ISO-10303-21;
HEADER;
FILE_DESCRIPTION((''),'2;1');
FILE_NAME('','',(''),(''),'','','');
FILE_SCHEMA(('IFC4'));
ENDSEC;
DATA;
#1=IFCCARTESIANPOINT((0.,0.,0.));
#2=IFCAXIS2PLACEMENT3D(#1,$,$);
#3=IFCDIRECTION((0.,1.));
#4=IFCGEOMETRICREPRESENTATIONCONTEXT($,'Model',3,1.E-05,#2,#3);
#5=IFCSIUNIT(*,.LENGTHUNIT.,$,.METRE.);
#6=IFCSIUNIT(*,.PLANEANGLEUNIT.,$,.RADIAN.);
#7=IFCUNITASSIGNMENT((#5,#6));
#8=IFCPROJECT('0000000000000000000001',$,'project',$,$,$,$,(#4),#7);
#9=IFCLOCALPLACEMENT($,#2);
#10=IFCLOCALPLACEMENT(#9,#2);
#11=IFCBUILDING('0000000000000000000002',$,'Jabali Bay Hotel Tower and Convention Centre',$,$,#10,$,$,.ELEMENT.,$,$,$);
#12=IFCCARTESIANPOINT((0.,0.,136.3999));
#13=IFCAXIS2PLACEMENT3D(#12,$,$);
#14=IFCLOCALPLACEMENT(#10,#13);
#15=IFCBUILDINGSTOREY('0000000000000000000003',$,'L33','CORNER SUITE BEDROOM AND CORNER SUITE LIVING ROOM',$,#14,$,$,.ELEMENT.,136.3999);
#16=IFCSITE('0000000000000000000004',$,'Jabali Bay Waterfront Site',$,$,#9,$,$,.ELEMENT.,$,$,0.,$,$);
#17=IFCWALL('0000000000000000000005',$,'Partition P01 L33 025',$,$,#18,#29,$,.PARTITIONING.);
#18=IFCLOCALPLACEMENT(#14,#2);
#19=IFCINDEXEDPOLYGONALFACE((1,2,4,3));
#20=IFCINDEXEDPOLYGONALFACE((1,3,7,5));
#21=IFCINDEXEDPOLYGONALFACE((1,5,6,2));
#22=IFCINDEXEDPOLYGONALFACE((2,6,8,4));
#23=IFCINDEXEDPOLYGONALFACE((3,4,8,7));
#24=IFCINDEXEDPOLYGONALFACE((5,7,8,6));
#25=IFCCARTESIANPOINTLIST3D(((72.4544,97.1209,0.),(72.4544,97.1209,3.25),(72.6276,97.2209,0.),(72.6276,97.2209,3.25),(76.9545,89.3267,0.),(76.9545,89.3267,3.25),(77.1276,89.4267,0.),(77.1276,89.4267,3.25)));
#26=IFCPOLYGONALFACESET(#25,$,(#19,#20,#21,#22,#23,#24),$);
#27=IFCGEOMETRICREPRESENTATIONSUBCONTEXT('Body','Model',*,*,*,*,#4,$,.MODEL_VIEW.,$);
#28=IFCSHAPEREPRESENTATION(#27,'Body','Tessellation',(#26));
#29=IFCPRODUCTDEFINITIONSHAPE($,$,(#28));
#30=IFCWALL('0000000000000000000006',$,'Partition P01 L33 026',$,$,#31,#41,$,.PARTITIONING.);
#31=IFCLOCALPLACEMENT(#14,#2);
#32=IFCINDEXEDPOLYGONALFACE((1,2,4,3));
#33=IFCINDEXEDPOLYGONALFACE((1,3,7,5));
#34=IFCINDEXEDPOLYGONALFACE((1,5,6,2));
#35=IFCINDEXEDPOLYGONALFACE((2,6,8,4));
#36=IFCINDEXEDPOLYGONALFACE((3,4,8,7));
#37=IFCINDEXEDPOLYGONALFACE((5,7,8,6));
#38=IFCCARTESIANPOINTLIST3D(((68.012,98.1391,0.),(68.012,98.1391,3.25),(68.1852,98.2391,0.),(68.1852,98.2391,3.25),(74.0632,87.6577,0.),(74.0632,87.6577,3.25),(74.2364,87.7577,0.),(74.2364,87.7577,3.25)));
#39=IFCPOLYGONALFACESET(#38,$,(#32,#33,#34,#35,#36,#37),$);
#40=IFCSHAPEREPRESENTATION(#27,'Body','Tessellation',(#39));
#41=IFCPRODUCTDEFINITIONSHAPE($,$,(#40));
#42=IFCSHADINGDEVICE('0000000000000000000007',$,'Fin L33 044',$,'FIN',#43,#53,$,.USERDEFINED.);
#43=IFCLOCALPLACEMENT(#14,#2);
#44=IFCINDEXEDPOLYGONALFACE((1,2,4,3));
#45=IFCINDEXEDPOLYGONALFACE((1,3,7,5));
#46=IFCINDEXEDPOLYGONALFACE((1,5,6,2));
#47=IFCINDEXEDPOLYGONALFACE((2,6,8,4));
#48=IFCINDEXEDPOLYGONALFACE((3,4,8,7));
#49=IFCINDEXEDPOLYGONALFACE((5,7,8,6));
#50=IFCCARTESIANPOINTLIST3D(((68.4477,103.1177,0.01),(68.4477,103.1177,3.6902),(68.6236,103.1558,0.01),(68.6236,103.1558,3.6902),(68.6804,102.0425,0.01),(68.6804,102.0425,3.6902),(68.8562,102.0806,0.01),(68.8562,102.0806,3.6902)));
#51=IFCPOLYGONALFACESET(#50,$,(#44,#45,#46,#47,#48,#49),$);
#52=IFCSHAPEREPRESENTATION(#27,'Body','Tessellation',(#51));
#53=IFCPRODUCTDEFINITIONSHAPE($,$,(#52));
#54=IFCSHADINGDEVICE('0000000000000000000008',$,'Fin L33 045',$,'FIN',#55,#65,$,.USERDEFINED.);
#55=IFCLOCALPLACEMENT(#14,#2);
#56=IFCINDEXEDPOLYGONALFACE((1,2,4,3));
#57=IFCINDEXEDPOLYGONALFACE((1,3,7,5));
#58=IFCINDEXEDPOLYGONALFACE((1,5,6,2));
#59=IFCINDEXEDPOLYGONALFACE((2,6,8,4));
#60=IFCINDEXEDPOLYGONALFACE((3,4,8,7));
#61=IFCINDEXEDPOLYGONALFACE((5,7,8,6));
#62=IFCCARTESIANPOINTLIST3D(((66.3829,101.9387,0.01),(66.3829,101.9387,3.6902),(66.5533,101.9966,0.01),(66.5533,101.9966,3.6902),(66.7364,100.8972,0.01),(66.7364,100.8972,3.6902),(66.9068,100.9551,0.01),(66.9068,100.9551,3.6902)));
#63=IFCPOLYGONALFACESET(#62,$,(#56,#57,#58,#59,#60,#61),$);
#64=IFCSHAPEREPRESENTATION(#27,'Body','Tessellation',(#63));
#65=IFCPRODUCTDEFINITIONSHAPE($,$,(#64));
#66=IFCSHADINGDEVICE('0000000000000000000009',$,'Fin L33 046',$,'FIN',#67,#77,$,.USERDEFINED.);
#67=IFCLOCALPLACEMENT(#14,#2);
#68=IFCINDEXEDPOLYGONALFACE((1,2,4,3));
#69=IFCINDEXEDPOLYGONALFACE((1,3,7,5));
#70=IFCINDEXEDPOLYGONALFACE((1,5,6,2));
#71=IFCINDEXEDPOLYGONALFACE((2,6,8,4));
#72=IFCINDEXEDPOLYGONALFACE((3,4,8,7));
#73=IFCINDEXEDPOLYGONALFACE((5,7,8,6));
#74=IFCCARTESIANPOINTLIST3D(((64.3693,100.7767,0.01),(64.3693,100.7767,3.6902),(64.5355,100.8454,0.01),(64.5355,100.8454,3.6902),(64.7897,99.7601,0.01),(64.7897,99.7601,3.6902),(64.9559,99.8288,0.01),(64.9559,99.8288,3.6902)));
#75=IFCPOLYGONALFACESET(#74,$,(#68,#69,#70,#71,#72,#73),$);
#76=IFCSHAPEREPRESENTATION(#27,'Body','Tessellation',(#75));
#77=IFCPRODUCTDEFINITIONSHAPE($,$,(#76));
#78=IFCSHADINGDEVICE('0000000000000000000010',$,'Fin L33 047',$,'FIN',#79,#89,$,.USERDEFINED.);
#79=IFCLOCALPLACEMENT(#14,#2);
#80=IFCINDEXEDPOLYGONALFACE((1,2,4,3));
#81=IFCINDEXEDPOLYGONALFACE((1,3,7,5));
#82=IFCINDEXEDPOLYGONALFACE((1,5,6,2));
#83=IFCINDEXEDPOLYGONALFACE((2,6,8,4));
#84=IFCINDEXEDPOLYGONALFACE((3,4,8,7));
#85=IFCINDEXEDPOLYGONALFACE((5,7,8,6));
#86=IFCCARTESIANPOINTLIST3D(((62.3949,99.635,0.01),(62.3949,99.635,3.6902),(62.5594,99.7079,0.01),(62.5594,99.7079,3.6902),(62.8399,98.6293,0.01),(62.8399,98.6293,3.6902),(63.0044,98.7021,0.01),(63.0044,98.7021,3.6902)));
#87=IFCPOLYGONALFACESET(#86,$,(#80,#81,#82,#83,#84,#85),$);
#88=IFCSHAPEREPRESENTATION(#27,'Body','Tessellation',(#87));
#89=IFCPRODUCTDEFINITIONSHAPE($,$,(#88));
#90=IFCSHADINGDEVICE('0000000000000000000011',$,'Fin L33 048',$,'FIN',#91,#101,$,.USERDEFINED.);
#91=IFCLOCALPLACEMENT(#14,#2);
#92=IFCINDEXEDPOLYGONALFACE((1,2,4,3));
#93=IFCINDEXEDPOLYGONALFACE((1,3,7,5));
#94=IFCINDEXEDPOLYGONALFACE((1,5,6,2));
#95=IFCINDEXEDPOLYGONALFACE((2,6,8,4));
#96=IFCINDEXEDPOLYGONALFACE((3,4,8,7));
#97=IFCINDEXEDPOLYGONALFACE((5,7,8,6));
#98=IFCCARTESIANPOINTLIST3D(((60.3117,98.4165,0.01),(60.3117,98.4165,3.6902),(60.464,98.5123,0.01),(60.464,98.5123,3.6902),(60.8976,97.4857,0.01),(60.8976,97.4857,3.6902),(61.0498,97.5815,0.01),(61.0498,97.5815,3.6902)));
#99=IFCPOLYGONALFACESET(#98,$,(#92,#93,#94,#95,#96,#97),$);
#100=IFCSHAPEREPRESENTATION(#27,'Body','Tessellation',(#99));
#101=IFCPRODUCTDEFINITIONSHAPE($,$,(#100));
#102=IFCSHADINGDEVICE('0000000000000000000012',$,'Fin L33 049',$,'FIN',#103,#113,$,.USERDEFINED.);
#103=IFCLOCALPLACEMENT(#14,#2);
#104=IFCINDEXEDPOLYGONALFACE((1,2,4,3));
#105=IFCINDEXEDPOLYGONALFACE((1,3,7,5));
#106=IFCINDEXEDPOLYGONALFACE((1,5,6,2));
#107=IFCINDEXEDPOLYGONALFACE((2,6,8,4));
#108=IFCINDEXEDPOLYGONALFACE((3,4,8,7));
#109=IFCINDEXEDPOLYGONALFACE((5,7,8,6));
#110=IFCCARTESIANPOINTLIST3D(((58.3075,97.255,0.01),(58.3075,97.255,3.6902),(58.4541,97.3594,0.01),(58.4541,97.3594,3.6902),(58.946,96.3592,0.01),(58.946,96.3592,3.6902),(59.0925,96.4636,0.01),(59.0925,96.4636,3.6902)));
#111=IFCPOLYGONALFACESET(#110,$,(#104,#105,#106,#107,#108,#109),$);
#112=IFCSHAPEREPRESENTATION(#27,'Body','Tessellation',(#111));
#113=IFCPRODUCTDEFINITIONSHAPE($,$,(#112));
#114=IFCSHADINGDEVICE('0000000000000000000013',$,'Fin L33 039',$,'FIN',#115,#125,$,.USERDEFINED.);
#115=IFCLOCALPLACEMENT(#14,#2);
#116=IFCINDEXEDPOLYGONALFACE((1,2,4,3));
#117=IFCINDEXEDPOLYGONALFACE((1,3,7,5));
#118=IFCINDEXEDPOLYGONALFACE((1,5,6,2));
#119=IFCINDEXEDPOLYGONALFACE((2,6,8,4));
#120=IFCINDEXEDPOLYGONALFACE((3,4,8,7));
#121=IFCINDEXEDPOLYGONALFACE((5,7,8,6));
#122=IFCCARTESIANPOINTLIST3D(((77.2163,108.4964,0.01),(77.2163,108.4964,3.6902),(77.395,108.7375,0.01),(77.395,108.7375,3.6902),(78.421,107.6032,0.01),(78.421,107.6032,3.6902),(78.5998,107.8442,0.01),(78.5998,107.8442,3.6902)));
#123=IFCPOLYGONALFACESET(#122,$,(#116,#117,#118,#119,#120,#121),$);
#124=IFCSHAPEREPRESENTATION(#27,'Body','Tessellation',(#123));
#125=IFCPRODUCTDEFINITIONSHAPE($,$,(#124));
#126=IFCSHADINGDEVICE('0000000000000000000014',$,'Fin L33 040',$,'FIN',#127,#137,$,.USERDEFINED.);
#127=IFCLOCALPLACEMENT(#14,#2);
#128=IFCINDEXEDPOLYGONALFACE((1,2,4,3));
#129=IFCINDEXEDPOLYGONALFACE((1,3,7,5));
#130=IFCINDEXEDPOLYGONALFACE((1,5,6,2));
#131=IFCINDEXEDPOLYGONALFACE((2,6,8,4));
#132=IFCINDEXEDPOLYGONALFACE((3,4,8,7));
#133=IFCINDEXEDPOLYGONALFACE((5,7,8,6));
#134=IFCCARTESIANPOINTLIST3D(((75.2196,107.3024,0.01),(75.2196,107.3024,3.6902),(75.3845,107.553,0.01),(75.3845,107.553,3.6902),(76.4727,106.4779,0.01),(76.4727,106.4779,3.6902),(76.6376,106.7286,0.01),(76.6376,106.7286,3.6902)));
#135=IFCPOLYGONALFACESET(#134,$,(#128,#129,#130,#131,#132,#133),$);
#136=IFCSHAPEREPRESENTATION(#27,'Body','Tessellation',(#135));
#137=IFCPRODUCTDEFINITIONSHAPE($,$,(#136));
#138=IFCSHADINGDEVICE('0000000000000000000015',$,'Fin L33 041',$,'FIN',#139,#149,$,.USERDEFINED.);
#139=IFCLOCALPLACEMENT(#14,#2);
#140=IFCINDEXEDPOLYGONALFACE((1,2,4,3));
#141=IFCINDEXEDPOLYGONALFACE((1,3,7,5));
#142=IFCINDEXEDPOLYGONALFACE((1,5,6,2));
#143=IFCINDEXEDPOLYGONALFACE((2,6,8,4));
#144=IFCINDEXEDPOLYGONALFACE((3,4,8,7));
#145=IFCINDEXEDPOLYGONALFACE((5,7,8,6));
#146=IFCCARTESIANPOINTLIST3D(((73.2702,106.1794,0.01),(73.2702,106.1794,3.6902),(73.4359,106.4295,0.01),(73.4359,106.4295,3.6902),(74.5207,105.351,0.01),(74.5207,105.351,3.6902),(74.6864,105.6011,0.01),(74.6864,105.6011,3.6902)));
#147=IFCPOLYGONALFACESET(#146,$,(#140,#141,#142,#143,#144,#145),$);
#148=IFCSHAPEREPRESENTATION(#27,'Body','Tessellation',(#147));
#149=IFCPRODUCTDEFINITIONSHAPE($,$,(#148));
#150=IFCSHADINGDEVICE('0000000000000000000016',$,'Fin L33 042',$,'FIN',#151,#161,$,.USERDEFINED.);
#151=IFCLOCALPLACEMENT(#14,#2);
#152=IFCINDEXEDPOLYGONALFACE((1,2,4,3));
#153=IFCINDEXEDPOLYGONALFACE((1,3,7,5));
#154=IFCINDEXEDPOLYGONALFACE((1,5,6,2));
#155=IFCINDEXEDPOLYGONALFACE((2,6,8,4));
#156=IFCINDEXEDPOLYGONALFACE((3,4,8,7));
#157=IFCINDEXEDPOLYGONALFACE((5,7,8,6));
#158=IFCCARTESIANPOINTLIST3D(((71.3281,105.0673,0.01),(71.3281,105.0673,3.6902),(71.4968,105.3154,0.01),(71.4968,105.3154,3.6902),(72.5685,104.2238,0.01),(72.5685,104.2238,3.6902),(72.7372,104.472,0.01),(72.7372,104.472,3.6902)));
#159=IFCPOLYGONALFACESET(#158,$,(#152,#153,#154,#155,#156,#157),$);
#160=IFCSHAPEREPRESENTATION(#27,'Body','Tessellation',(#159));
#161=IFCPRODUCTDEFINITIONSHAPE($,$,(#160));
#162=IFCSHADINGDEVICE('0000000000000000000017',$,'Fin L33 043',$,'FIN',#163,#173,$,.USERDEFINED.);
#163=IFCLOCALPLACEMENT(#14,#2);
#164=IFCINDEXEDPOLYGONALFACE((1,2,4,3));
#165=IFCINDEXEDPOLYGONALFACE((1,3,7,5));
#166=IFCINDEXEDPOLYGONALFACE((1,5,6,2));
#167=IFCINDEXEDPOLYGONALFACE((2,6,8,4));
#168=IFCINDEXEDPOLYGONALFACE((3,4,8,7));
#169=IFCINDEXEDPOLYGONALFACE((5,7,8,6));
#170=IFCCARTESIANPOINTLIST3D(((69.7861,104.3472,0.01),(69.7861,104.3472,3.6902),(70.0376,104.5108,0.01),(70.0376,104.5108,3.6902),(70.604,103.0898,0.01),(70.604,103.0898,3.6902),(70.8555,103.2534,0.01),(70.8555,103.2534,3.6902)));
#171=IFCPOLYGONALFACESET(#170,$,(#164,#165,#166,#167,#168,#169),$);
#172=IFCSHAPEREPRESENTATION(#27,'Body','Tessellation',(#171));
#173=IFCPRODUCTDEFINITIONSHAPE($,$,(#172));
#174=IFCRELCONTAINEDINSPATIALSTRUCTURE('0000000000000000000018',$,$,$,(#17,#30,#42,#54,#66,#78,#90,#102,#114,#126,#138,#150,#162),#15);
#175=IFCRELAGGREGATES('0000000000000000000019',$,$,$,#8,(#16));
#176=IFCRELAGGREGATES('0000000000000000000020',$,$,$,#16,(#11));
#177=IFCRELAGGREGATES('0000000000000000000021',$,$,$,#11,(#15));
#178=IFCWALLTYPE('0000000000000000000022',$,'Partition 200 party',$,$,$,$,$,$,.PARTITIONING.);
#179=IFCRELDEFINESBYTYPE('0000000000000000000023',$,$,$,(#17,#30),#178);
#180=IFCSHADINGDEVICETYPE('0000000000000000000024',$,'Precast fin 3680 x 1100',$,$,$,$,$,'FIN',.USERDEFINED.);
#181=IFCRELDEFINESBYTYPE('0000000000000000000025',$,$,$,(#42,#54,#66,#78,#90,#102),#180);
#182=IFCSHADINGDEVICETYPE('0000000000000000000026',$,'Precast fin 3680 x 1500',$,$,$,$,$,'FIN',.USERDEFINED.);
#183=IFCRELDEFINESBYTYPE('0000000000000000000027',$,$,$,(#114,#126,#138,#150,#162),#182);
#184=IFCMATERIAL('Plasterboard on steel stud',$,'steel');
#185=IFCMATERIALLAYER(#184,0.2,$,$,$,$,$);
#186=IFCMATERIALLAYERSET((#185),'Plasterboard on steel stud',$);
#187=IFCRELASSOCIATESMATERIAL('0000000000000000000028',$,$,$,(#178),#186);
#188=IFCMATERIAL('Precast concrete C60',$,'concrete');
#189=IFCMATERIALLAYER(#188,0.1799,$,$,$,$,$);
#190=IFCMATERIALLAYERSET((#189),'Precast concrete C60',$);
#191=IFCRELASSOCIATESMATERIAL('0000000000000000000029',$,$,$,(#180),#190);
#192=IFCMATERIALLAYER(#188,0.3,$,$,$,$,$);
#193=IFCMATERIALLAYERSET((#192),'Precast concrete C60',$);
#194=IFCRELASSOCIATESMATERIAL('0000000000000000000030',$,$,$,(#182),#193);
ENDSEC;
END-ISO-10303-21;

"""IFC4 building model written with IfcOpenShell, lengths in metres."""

from ifc_helpers import new_model, si_unit, direction, frame, frame_2d, origin, place, context, subcontext, project, spatial, rectangle, extrude, material, layer, layer_set, type_object, element, save


model = new_model("IFC4")

# Units and contexts
model_context = context("Model", 3, precision=1e-05, world=origin(), true_north=direction((0.0, 1.0)))
body_context = subcontext(model_context, "Body", "Model", "MODEL_VIEW")
ifc_project = project(units=[si_unit("LENGTHUNIT", "METRE"), si_unit("PLANEANGLEUNIT", "RADIAN")], contexts=[model_context])

# Site, building, storey
site_placement = place(None, origin())
site = spatial("IfcSite", under=ifc_project, at=site_placement, Name="Jabali Bay Waterfront Site", CompositionType="ELEMENT", RefElevation=0.0)
building_placement = place(site_placement, origin())
building = spatial("IfcBuilding", under=site, at=building_placement, Name="Jabali Bay Hotel Tower and Convention Centre", CompositionType="ELEMENT")
storey_placement = place(building_placement, frame((0.0, 0.0, 136.3999)))
storey = spatial("IfcBuildingStorey", under=building, at=storey_placement, Name="L33", Description="CORNER SUITE BEDROOM AND CORNER SUITE LIVING ROOM", CompositionType="ELEMENT", Elevation=136.3999)

# Shared definitions
ifc_material_1 = material(Name="Plasterboard on steel stud", Category="steel")

# Walls
ifc_layer_1 = layer(ifc_material_1, 0.2)
ifc_layer_set_1 = layer_set([ifc_layer_1], Name="Plasterboard on steel stud")
wall_type_1 = type_object("IfcWallType", Name="Partition 200 party", PredefinedType="PARTITIONING", material=ifc_layer_set_1)
wall_1_placement = place(storey_placement, frame((72.541, 97.1709, 0.0), z_axis=(0.0, 0.0, 1.0), x_axis=(0.500002, -0.866024, 0.0)))
element("IfcWall", 1, at=wall_1_placement, inside=storey, type_object=wall_type_1, Name="Partition P01 L33 025", PredefinedType="PARTITIONING", context=body_context, shape_type="SweptSolid", body=[
    extrude(rectangle(XDim=9.0, YDim=0.2, at=frame_2d((4.5, 0.0))), origin(), (0.0, 0.0, 1.0), 3.25),
])
wall_2_placement = place(storey_placement, frame((68.0986, 98.189, 0.0), z_axis=(0.0, 0.0, 1.0), x_axis=(0.499988, -0.866032, 0.0)))
element("IfcWall", 2, at=wall_2_placement, inside=storey, type_object=wall_type_1, Name="Partition P01 L33 026", PredefinedType="PARTITIONING", context=body_context, shape_type="SweptSolid", body=[
    extrude(rectangle(XDim=12.1028, YDim=0.2, at=frame_2d((6.0513, 0.0))), origin(), (0.0, 0.0, 1.0), 3.25),
])

# Shading devices
ifc_material_2 = material(Name="Precast concrete C60", Category="concrete")
ifc_layer_2 = layer(ifc_material_2, 0.1799)
ifc_layer_set_2 = layer_set([ifc_layer_2], Name="Precast concrete C60")
shading_device_type_1 = type_object("IfcShadingDeviceType", Name="Precast fin 3680 x 1100", ElementType="FIN", PredefinedType="USERDEFINED", material=ifc_layer_set_2)
shading_device_1_placement = place(storey_placement, frame((68.7683, 102.0615, 0.01), z_axis=(0.0, 0.0, 1.0), x_axis=(-0.211499, 0.977378, 0.0)))
element("IfcShadingDevice", 3, at=shading_device_1_placement, inside=storey, type_object=shading_device_type_1, Name="Fin L33 044", ObjectType="FIN", PredefinedType="USERDEFINED", context=body_context, shape_type="SweptSolid", body=[
    extrude(rectangle(XDim=1.1001, YDim=0.1799, at=frame_2d((0.55, 0.0))), origin(), (0.0, 0.0, 1.0), 3.6802),
])
shading_device_2_placement = place(storey_placement, frame((66.8215, 100.9263, 0.01), z_axis=(0.0, 0.0, 1.0), x_axis=(-0.321417, 0.946938, 0.0)))
element("IfcShadingDevice", 4, at=shading_device_2_placement, inside=storey, type_object=shading_device_type_1, Name="Fin L33 045", ObjectType="FIN", PredefinedType="USERDEFINED", context=body_context, shape_type="SweptSolid", body=[
    extrude(rectangle(XDim=1.0999, YDim=0.1799, at=frame_2d((0.5498, 0.0))), origin(), (0.0, 0.0, 1.0), 3.6802),
])
shading_device_3_placement = place(storey_placement, frame((64.8728, 99.7944, 0.01), z_axis=(0.0, 0.0, 1.0), x_axis=(-0.382156, 0.924098, 0.0)))
element("IfcShadingDevice", 5, at=shading_device_3_placement, inside=storey, type_object=shading_device_type_1, Name="Fin L33 046", ObjectType="FIN", PredefinedType="USERDEFINED", context=body_context, shape_type="SweptSolid", body=[
    extrude(rectangle(XDim=1.1001, YDim=0.1799, at=frame_2d((0.55, 0.0))), origin(), (0.0, 0.0, 1.0), 3.6802),
])
for number, where, z_axis, x_axis, name in (
    (6, (62.9221, 98.6658, 0.01), (0.0, 0.0, 1.0), (-0.404635, 0.914478, 0.0), "Fin L33 047"),
    (7, (60.9736, 97.5337, 0.01), (0.0, 0.0, 1.0), (-0.53269, 0.846311, 0.0), "Fin L33 048"),
):
    element("IfcShadingDevice", number, at=place(storey_placement, frame(where, z_axis=z_axis, x_axis=x_axis)), inside=storey, type_object=shading_device_type_1, Name=name, ObjectType="FIN", PredefinedType="USERDEFINED", context=body_context, shape_type="SweptSolid", body=[
        extrude(rectangle(XDim=1.0999, YDim=0.1799, at=frame_2d((0.5498, 0.0))), origin(), (0.0, 0.0, 1.0), 3.6802),
    ])
shading_device_4_placement = place(storey_placement, frame((59.0193, 96.4114, 0.01), z_axis=(0.0, 0.0, 1.0), x_axis=(-0.580398, 0.814333, 0.0)))
element("IfcShadingDevice", 8, at=shading_device_4_placement, inside=storey, type_object=shading_device_type_1, Name="Fin L33 049", ObjectType="FIN", PredefinedType="USERDEFINED", context=body_context, shape_type="SweptSolid", body=[
    extrude(rectangle(XDim=1.1001, YDim=0.1799, at=frame_2d((0.55, 0.0))), origin(), (0.0, 0.0, 1.0), 3.6802),
])
ifc_layer_3 = layer(ifc_material_2, 0.3)
ifc_layer_set_3 = layer_set([ifc_layer_3], Name="Precast concrete C60")
shading_device_type_2 = type_object("IfcShadingDeviceType", Name="Precast fin 3680 x 1500", ElementType="FIN", PredefinedType="USERDEFINED", material=ifc_layer_set_3)
shading_device_5_placement = place(storey_placement, frame((78.5105, 107.7236, 0.01), z_axis=(0.0, 0.0, 1.0), x_axis=(-0.803289, 0.59559, 0.0)))
element("IfcShadingDevice", 9, at=shading_device_5_placement, inside=storey, type_object=shading_device_type_2, Name="Fin L33 039", ObjectType="FIN", PredefinedType="USERDEFINED", context=body_context, shape_type="SweptSolid", body=[
    extrude(rectangle(XDim=1.4998, YDim=0.3, at=frame_2d((0.75, 0.0))), origin(), (0.0, 0.0, 1.0), 3.6802),
])
for number, where, z_axis, x_axis, name in (
    (10, (76.5552, 106.6033, 0.01), (0.0, 0.0, 1.0), (-0.835415, 0.549619, 0.0), "Fin L33 040"),
    (11, (74.6035, 105.4761, 0.01), (0.0, 0.0, 1.0), (-0.833674, 0.552256, 0.0), "Fin L33 041"),
    (12, (72.6528, 104.3479, 0.01), (0.0, 0.0, 1.0), (-0.826933, 0.562301, 0.0), "Fin L33 042"),
    (13, (70.7297, 103.1716, 0.01), (0.0, 0.0, 1.0), (-0.545274, 0.838258, 0.0), "Fin L33 043"),
):
    element("IfcShadingDevice", number, at=place(storey_placement, frame(where, z_axis=z_axis, x_axis=x_axis)), inside=storey, type_object=shading_device_type_2, Name=name, ObjectType="FIN", PredefinedType="USERDEFINED", context=body_context, shape_type="SweptSolid", body=[
        extrude(rectangle(XDim=1.5, YDim=0.3, at=frame_2d((0.75, 0.0))), origin(), (0.0, 0.0, 1.0), 3.6802),
    ])

save(model, "model.ifc")
